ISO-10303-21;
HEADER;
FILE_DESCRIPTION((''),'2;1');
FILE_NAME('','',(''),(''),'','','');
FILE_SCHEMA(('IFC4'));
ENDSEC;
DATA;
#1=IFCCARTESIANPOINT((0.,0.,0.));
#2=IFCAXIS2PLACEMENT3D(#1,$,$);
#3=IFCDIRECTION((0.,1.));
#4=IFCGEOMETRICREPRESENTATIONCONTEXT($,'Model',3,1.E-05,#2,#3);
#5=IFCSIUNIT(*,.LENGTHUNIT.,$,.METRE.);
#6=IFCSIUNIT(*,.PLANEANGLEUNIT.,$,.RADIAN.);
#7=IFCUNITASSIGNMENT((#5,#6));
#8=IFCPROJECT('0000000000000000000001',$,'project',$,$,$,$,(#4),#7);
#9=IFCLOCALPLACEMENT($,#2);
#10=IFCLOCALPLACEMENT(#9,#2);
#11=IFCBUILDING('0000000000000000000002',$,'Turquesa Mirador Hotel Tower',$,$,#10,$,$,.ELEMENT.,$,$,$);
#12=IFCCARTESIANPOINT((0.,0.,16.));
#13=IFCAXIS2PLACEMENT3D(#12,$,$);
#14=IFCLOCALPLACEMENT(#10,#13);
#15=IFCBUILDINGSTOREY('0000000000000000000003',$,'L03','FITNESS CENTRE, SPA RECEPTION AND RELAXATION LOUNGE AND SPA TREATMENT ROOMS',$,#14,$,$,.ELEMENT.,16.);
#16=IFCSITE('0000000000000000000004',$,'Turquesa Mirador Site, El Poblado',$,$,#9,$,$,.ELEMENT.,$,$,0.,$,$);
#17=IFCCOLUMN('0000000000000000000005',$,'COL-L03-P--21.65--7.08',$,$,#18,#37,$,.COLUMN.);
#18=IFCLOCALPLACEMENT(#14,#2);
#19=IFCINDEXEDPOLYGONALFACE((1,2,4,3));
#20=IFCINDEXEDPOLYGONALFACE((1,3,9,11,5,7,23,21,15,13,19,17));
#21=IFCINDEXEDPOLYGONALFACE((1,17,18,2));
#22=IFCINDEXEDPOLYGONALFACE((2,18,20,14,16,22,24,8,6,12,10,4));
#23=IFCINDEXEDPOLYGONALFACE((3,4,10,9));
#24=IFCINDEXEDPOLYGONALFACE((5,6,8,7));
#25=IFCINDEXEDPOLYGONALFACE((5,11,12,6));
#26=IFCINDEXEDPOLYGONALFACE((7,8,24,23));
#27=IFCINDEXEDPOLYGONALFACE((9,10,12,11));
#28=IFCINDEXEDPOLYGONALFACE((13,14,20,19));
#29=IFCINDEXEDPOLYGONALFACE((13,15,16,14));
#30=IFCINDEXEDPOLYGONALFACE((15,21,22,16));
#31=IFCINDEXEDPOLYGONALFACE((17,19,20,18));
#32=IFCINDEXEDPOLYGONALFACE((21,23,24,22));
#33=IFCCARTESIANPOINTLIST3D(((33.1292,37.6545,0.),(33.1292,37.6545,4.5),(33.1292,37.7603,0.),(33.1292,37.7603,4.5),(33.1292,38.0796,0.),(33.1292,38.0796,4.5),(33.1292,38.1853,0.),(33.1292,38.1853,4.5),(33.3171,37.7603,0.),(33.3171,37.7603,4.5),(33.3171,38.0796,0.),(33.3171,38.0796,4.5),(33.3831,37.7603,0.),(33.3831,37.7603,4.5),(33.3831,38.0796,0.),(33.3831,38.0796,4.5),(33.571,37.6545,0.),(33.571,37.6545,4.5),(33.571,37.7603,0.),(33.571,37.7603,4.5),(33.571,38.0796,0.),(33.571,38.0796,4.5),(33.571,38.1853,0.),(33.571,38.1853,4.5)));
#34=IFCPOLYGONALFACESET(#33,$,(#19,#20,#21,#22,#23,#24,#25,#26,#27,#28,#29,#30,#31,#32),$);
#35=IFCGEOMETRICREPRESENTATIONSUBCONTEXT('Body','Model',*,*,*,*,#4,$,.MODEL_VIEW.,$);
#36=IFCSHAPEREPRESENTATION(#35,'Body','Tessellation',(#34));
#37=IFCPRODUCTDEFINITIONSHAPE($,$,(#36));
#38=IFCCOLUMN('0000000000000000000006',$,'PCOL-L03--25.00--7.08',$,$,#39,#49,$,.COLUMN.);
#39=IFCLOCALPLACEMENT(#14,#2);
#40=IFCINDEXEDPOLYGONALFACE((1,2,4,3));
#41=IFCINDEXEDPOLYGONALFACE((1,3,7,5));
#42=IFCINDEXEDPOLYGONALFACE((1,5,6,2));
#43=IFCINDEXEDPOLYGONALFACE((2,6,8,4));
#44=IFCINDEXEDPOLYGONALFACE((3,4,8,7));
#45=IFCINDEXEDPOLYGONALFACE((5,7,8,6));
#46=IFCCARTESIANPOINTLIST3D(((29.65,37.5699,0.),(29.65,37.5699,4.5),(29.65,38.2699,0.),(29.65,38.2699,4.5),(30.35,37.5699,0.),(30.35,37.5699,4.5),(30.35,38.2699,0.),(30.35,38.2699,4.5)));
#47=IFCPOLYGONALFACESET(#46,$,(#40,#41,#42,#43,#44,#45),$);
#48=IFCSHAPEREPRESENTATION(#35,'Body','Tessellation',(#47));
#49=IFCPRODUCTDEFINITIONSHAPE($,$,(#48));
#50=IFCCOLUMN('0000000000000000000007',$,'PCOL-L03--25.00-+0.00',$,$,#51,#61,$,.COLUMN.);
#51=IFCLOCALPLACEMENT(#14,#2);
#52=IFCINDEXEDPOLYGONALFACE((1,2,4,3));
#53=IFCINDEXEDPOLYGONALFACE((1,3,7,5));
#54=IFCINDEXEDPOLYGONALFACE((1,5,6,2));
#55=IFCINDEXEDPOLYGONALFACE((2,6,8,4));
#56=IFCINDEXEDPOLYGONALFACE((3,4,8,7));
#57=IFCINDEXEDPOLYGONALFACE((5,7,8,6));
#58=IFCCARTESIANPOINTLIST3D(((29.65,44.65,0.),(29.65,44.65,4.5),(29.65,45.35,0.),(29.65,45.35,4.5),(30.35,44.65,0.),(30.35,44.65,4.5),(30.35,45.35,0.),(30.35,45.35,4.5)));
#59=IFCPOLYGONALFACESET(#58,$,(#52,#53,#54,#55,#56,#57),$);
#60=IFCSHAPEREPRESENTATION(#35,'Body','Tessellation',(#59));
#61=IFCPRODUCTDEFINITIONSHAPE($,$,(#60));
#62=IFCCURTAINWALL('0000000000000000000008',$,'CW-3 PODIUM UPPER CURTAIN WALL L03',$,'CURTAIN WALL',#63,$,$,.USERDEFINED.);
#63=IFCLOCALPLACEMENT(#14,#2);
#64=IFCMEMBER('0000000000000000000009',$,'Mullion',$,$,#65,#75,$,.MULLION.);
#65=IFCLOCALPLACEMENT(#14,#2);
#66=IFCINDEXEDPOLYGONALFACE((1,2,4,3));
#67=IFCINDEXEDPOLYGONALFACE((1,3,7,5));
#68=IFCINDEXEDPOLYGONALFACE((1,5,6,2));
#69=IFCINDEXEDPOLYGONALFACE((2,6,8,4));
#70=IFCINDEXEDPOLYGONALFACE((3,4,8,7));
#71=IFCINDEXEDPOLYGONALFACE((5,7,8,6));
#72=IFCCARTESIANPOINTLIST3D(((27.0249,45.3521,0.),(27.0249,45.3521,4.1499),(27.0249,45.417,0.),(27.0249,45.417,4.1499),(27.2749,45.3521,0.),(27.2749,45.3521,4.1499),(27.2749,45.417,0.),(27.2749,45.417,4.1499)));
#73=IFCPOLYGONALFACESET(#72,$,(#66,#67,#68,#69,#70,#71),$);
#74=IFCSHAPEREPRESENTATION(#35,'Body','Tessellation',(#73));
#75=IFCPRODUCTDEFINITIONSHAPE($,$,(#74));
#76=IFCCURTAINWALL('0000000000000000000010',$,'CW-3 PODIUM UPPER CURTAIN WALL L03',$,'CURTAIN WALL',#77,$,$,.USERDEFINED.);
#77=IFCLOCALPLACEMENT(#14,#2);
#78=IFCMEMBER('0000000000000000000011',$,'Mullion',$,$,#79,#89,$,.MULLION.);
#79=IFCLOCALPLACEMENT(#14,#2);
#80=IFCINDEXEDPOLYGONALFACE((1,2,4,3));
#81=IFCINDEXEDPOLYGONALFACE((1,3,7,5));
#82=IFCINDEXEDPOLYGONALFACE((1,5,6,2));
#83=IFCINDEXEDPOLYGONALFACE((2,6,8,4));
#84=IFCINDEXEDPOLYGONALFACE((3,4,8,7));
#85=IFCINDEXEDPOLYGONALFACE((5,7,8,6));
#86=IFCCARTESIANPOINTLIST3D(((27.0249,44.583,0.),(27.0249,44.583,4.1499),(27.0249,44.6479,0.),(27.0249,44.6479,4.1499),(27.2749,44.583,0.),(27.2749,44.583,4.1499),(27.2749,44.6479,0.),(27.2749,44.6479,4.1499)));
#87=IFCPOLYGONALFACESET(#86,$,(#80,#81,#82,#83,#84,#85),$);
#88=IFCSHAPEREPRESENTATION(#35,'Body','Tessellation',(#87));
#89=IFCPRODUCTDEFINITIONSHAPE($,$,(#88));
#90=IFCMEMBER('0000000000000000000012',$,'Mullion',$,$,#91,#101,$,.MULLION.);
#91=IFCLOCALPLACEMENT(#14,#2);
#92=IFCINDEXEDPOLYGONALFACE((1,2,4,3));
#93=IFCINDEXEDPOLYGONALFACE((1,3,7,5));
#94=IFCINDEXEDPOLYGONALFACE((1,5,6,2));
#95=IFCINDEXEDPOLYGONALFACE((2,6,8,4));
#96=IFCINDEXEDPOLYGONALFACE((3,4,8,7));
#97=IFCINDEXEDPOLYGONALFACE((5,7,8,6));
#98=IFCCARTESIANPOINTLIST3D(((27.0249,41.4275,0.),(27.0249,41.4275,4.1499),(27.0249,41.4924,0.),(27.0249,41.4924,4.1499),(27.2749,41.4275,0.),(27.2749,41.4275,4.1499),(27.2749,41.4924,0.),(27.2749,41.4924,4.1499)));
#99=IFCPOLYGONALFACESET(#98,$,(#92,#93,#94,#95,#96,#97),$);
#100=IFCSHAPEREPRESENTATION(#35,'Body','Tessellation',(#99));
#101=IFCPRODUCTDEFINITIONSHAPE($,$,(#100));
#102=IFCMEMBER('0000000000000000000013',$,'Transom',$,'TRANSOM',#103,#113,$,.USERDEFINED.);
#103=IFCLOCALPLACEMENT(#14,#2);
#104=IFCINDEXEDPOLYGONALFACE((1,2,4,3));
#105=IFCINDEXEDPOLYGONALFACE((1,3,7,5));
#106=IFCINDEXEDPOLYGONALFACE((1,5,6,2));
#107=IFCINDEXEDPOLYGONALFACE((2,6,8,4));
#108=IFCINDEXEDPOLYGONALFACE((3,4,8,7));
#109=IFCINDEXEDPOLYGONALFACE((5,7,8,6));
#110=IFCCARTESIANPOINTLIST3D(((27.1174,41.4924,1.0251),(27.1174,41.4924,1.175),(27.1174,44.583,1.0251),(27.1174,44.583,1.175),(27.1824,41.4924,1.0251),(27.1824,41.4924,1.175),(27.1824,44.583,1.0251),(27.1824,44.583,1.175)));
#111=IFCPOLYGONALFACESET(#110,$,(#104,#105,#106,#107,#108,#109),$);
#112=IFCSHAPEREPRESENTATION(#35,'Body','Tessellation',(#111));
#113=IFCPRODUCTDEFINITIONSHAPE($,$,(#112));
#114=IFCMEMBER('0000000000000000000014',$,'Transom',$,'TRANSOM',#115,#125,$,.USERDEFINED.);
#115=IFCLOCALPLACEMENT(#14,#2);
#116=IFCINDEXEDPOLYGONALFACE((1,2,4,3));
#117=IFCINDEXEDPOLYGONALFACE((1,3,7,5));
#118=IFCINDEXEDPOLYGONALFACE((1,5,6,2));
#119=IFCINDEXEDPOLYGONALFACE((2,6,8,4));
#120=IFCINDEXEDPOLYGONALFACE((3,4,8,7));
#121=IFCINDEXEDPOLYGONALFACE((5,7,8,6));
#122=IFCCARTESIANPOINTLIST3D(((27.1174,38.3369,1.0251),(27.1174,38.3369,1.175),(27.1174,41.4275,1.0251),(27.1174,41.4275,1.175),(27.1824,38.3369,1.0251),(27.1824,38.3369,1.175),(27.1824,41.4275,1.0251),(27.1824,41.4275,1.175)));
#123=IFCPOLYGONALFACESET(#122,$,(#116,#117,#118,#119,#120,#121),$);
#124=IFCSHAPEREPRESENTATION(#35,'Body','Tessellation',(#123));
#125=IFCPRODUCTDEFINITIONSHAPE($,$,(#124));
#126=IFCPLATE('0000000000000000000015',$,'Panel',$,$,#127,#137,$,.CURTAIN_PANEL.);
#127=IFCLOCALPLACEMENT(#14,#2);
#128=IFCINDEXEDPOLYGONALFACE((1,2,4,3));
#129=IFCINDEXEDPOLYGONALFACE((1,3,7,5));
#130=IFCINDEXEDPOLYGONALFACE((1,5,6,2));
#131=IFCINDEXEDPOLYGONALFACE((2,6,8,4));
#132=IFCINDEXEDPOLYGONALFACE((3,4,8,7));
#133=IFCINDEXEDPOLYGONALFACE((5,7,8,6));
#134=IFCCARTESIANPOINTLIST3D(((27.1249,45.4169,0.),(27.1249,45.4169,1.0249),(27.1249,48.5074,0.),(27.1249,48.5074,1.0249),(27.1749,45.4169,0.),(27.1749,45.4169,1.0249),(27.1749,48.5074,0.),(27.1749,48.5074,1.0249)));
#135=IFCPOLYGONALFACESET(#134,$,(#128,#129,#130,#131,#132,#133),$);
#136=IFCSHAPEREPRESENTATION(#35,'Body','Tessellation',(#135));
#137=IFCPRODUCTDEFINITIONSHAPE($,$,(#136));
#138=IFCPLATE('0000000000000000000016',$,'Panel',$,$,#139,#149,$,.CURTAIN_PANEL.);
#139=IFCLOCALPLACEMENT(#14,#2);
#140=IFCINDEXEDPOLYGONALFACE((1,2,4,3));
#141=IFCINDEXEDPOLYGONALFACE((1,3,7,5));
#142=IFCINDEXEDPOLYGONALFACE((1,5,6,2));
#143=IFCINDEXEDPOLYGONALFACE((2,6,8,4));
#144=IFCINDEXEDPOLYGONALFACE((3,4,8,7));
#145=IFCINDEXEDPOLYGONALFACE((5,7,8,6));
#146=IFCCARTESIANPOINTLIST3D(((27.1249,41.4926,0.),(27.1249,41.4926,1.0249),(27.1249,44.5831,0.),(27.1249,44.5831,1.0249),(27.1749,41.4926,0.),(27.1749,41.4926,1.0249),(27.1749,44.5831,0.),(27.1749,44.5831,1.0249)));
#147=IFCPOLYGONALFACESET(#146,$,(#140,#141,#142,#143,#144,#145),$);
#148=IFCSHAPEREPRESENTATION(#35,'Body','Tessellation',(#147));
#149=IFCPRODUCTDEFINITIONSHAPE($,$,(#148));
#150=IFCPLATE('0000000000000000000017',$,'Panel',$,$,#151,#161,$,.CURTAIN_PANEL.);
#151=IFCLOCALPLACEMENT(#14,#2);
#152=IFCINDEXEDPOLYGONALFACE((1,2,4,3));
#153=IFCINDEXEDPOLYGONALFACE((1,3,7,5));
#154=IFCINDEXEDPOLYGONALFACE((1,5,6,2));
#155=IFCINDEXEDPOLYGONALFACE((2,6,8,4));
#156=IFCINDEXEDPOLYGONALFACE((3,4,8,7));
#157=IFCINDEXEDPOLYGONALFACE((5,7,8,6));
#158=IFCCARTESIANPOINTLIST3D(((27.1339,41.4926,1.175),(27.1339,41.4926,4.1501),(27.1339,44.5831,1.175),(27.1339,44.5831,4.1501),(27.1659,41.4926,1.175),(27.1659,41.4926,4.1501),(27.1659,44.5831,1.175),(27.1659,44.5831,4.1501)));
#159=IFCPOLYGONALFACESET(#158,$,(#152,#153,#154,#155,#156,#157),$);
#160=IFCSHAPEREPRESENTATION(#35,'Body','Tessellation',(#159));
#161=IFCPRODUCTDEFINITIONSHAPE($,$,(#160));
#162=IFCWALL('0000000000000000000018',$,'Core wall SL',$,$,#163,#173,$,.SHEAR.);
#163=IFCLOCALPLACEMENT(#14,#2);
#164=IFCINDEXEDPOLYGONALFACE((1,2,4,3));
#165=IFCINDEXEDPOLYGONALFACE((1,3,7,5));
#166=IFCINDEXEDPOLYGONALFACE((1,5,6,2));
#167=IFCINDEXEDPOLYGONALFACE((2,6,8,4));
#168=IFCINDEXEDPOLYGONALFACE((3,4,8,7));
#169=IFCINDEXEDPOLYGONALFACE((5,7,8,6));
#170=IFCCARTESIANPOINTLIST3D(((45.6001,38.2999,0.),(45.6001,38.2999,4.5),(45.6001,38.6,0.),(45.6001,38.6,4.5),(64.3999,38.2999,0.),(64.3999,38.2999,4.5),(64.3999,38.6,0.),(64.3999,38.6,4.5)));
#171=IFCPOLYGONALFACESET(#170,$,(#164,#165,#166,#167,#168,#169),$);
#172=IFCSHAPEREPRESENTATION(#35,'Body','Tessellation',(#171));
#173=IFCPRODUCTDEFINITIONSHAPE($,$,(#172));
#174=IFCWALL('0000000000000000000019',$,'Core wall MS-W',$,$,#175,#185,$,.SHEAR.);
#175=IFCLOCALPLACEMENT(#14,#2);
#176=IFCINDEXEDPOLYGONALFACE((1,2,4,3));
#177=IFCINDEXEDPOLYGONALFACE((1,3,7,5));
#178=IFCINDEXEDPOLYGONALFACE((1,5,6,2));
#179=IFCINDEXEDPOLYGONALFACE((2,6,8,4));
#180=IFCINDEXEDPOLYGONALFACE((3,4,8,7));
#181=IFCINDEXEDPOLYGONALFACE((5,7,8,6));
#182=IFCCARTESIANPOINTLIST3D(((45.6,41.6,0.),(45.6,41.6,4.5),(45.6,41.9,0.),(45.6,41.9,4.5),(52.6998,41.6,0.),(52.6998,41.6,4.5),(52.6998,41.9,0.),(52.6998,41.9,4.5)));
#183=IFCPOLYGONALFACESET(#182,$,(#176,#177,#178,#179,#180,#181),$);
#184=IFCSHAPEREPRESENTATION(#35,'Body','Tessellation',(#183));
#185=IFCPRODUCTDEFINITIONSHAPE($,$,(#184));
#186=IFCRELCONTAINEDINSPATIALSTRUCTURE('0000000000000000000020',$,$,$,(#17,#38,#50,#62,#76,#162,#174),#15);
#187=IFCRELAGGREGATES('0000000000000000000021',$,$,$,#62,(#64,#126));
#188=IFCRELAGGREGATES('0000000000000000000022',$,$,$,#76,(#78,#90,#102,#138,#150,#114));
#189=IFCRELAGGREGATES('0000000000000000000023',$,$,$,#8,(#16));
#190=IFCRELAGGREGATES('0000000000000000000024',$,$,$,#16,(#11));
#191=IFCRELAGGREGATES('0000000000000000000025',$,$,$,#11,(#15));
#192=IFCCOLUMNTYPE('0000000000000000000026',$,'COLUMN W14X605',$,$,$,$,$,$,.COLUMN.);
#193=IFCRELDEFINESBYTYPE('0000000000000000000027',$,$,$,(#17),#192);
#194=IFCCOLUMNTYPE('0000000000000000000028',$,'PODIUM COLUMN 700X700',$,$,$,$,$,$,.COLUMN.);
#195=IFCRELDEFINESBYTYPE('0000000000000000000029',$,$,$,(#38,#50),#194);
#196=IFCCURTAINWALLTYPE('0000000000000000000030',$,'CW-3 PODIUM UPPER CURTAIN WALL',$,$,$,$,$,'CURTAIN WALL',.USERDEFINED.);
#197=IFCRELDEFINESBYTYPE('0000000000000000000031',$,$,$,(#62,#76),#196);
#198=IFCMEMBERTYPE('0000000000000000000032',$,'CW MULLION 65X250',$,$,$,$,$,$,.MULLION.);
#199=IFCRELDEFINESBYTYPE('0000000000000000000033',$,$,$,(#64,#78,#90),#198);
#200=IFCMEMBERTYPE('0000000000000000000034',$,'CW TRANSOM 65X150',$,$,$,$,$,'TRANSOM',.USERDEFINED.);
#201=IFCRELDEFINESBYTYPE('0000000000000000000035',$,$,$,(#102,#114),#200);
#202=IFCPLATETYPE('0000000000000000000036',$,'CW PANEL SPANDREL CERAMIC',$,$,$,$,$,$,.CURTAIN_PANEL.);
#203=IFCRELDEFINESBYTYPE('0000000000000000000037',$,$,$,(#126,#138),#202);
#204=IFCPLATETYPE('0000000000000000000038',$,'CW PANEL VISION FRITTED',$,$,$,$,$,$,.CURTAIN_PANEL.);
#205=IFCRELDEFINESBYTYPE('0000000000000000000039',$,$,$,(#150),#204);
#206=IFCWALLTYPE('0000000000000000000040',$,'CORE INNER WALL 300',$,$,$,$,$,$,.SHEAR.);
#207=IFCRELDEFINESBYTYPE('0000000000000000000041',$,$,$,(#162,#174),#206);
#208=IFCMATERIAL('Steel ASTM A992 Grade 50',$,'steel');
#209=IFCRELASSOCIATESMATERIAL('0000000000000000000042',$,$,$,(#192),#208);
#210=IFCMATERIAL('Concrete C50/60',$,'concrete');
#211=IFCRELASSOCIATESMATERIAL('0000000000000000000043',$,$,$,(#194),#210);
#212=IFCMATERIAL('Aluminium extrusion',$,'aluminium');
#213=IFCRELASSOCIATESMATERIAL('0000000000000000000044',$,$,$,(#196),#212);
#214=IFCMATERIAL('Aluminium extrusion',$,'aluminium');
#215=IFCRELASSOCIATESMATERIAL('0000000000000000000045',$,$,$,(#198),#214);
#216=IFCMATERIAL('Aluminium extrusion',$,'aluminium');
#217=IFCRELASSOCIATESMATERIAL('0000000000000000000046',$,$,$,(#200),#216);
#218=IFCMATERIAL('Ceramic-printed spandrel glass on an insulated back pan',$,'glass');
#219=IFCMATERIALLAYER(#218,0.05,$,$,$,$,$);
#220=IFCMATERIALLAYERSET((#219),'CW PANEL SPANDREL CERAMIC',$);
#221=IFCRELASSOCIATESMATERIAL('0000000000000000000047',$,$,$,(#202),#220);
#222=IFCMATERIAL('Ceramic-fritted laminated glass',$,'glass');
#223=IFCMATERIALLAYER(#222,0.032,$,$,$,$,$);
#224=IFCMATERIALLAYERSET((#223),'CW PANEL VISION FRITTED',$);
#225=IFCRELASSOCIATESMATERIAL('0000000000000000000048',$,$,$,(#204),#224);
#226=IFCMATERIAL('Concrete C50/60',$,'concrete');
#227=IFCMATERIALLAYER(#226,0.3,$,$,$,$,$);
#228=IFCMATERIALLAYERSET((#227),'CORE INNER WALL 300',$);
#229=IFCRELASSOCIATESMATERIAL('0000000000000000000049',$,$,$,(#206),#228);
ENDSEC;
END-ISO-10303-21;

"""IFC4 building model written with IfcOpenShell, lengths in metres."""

from ifc_helpers import new_model, si_unit, direction, frame, frame_2d, origin, origin_2d, place, context, subcontext, project, spatial, rectangle, i_section, extrude, material, layer, layer_set, material_profile, profile_set, type_object, element, aggregate, save


model = new_model("IFC4")

# Units and contexts
model_context = context("Model", 3, precision=1e-05, world=origin(), true_north=direction((0.0, 1.0)))
body_context = subcontext(model_context, "Body", "Model", "MODEL_VIEW")
ifc_project = project(units=[si_unit("LENGTHUNIT", "METRE"), si_unit("PLANEANGLEUNIT", "RADIAN")], contexts=[model_context])

# Site, building, storey
site_placement = place(None, origin())
site = spatial("IfcSite", under=ifc_project, at=site_placement, Name="Turquesa Mirador Site, El Poblado", CompositionType="ELEMENT", RefElevation=0.0)
building_placement = place(site_placement, origin())
building = spatial("IfcBuilding", under=site, at=building_placement, Name="Turquesa Mirador Hotel Tower", CompositionType="ELEMENT")
storey_placement = place(building_placement, frame((0.0, 0.0, 16.0)))
storey = spatial("IfcBuildingStorey", under=building, at=storey_placement, Name="L03", Description="FITNESS CENTRE, SPA RECEPTION AND RELAXATION LOUNGE AND SPA TREATMENT ROOMS", CompositionType="ELEMENT", Elevation=16.0)

# Columns
ifc_material_1 = material(Name="Steel ASTM A992 Grade 50", Category="steel")
ifc_material_profile_1 = material_profile(ifc_material_1, i_section(OverallWidth=0.4419, OverallDepth=0.5308, WebThickness=0.0659, FlangeThickness=0.1057, at=origin_2d()), Name="W14X605")
ifc_profile_set_1 = profile_set([ifc_material_profile_1], Name="Steel ASTM A992 Grade 50")
column_type_1 = type_object("IfcColumnType", Name="COLUMN W14X605", PredefinedType="COLUMN", material=ifc_profile_set_1)
column_placement = place(storey_placement, frame((33.3501, 37.9199, 0.0), z_axis=(0.0, 0.0, 1.0), x_axis=(1.0, 0.0, 0.0)))
element("IfcColumn", 1, at=column_placement, inside=storey, type_object=column_type_1, Name="COL-L03-P--21.65--7.08", PredefinedType="COLUMN", context=body_context, shape_type="SweptSolid", body=[
    extrude(i_section(OverallWidth=0.4419, OverallDepth=0.5308, WebThickness=0.0659, FlangeThickness=0.1057, at=origin_2d()), origin(), (0.0, 0.0, 1.0), 4.5),
])
ifc_material_2 = material(Name="Concrete C50/60", Category="concrete")
ifc_material_profile_2 = material_profile(ifc_material_2, rectangle(XDim=0.7, YDim=0.7, at=origin_2d()), Name="RC 700X700")
ifc_profile_set_2 = profile_set([ifc_material_profile_2], Name="Concrete C50/60")
column_type_2 = type_object("IfcColumnType", Name="PODIUM COLUMN 700X700", PredefinedType="COLUMN", material=ifc_profile_set_2)
for number, where, z_axis, x_axis, name in (
    (2, (30.0, 37.9199, 0.0), (0.0, 0.0, 1.0), (1.0, 0.0, 0.0), "PCOL-L03--25.00--7.08"),
    (3, (30.0, 45.0, 0.0), (0.0, 0.0, 1.0), (1.0, 0.0, 0.0), "PCOL-L03--25.00-+0.00"),
):
    element("IfcColumn", number, at=place(storey_placement, frame(where, z_axis=z_axis, x_axis=x_axis)), inside=storey, type_object=column_type_2, Name=name, PredefinedType="COLUMN", context=body_context, shape_type="SweptSolid", body=[
        extrude(rectangle(XDim=0.7, YDim=0.7, at=origin_2d()), origin(), (0.0, 0.0, 1.0), 4.5),
    ])

# Curtain wall, member
ifc_material_3 = material(Name="Aluminium extrusion", Category="aluminium")
curtain_wall_type = type_object("IfcCurtainWallType", Name="CW-3 PODIUM UPPER CURTAIN WALL", ElementType="CURTAIN WALL", PredefinedType="USERDEFINED", material=ifc_material_3)
curtain_wall_1_placement = place(storey_placement, origin())
curtain_wall_1 = element("IfcCurtainWall", 4, at=curtain_wall_1_placement, inside=storey, type_object=curtain_wall_type, Name="CW-3 PODIUM UPPER CURTAIN WALL L03", ObjectType="CURTAIN WALL", PredefinedType="USERDEFINED")
ifc_material_4 = material(Name="Aluminium extrusion", Category="aluminium")
ifc_material_profile_3 = material_profile(ifc_material_4, rectangle(XDim=0.0649, YDim=0.25, at=origin_2d()), Name="MULLION 65X250")
ifc_profile_set_3 = profile_set([ifc_material_profile_3], Name="Aluminium extrusion")
member_type_1 = type_object("IfcMemberType", Name="CW MULLION 65X250", PredefinedType="MULLION", material=ifc_profile_set_3)
member_1_placement = place(storey_placement, frame((27.1499, 45.3845, 0.0), z_axis=(0.0, 0.0, 1.0), x_axis=(0.0, -1.0, 0.0)))
member_1 = element("IfcMember", 5, at=member_1_placement, type_object=member_type_1, Name="Mullion", PredefinedType="MULLION", context=body_context, shape_type="SweptSolid", body=[
    extrude(rectangle(XDim=0.0649, YDim=0.25, at=origin_2d()), origin(), (0.0, 0.0, 1.0), 4.1499),
])

# Curtain wall, members
curtain_wall_2_placement = place(storey_placement, origin())
curtain_wall_2 = element("IfcCurtainWall", 6, at=curtain_wall_2_placement, inside=storey, type_object=curtain_wall_type, Name="CW-3 PODIUM UPPER CURTAIN WALL L03", ObjectType="CURTAIN WALL", PredefinedType="USERDEFINED")
member_2_placement = place(storey_placement, frame((27.1499, 44.6155, 0.0), z_axis=(0.0, 0.0, 1.0), x_axis=(0.0, -1.0, 0.0)))
member_2 = element("IfcMember", 7, at=member_2_placement, type_object=member_type_1, Name="Mullion", PredefinedType="MULLION", context=body_context, shape_type="SweptSolid", body=[
    extrude(rectangle(XDim=0.0649, YDim=0.25, at=origin_2d()), origin(), (0.0, 0.0, 1.0), 4.1499),
])
member_3_placement = place(storey_placement, frame((27.1499, 41.46, 0.0), z_axis=(0.0, 0.0, 1.0), x_axis=(0.0, -1.0, 0.0)))
member_3 = element("IfcMember", 8, at=member_3_placement, type_object=member_type_1, Name="Mullion", PredefinedType="MULLION", context=body_context, shape_type="SweptSolid", body=[
    extrude(rectangle(XDim=0.0649, YDim=0.25, at=origin_2d()), origin(), (0.0, 0.0, 1.0), 4.1499),
])
ifc_material_5 = material(Name="Aluminium extrusion", Category="aluminium")
ifc_material_profile_4 = material_profile(ifc_material_5, rectangle(XDim=0.0649, YDim=0.1499, at=origin_2d()), Name="TRANSOM 65X150")
ifc_profile_set_4 = profile_set([ifc_material_profile_4], Name="Aluminium extrusion")
member_type_2 = type_object("IfcMemberType", Name="CW TRANSOM 65X150", ElementType="TRANSOM", PredefinedType="USERDEFINED", material=ifc_profile_set_4)
member_4_placement = place(storey_placement, frame((27.1499, 44.583, 1.1001), z_axis=(0.0, -1.0, 0.0), x_axis=(1.0, 0.0, 0.0)))
member_4 = element("IfcMember", 9, at=member_4_placement, type_object=member_type_2, Name="Transom", ObjectType="TRANSOM", PredefinedType="USERDEFINED", context=body_context, shape_type="SweptSolid", body=[
    extrude(rectangle(XDim=0.0649, YDim=0.1499, at=origin_2d()), origin(), (0.0, 0.0, 1.0), 3.0906),
])
member_5_placement = place(storey_placement, frame((27.1499, 41.4275, 1.1001), z_axis=(0.0, -1.0, 0.0), x_axis=(1.0, 0.0, 0.0)))
member_5 = element("IfcMember", 10, at=member_5_placement, type_object=member_type_2, Name="Transom", ObjectType="TRANSOM", PredefinedType="USERDEFINED", context=body_context, shape_type="SweptSolid", body=[
    extrude(rectangle(XDim=0.0649, YDim=0.1499, at=origin_2d()), origin(), (0.0, 0.0, 1.0), 3.0906),
])

# Plates
ifc_material_6 = material(Name="Ceramic-printed spandrel glass on an insulated back pan", Category="glass")
ifc_layer_1 = layer(ifc_material_6, 0.05)
ifc_layer_set_1 = layer_set([ifc_layer_1], Name="CW PANEL SPANDREL CERAMIC")
plate_type_1 = type_object("IfcPlateType", Name="CW PANEL SPANDREL CERAMIC", PredefinedType="CURTAIN_PANEL", material=ifc_layer_set_1)
plate_1_placement = place(storey_placement, frame((27.1499, 46.9622, 0.0), z_axis=(0.0, 0.0, 1.0), x_axis=(0.0, -1.0, 0.0)))
plate_1 = element("IfcPlate", 11, at=plate_1_placement, type_object=plate_type_1, Name="Panel", PredefinedType="CURTAIN_PANEL", context=body_context, shape_type="SweptSolid", body=[
    extrude(rectangle(XDim=3.0906, YDim=0.05, at=origin_2d()), origin(), (0.0, 0.0, 1.0), 1.0249),
])
aggregate(curtain_wall_1, [member_1, plate_1])
plate_2_placement = place(storey_placement, frame((27.1499, 43.0378, 0.0), z_axis=(0.0, 0.0, 1.0), x_axis=(0.0, -1.0, 0.0)))
plate_2 = element("IfcPlate", 12, at=plate_2_placement, type_object=plate_type_1, Name="Panel", PredefinedType="CURTAIN_PANEL", context=body_context, shape_type="SweptSolid", body=[
    extrude(rectangle(XDim=3.0906, YDim=0.05, at=origin_2d()), origin(), (0.0, 0.0, 1.0), 1.0249),
])
ifc_material_7 = material(Name="Ceramic-fritted laminated glass", Category="glass")
ifc_layer_2 = layer(ifc_material_7, 0.032)
ifc_layer_set_2 = layer_set([ifc_layer_2], Name="CW PANEL VISION FRITTED")
plate_type_2 = type_object("IfcPlateType", Name="CW PANEL VISION FRITTED", PredefinedType="CURTAIN_PANEL", material=ifc_layer_set_2)
plate_3_placement = place(storey_placement, frame((27.1499, 43.0378, 1.175), z_axis=(0.0, 0.0, 1.0), x_axis=(0.0, -1.0, 0.0)))
plate_3 = element("IfcPlate", 13, at=plate_3_placement, type_object=plate_type_2, Name="Panel", PredefinedType="CURTAIN_PANEL", context=body_context, shape_type="SweptSolid", body=[
    extrude(rectangle(XDim=3.0906, YDim=0.032, at=origin_2d()), origin(), (0.0, 0.0, 1.0), 2.9751),
])
aggregate(curtain_wall_2, [member_2, member_3, member_4, plate_2, plate_3, member_5])

# Walls
ifc_material_8 = material(Name="Concrete C50/60", Category="concrete")
ifc_layer_3 = layer(ifc_material_8, 0.3)
ifc_layer_set_3 = layer_set([ifc_layer_3], Name="CORE INNER WALL 300")
wall_type_1 = type_object("IfcWallType", Name="CORE INNER WALL 300", PredefinedType="SHEAR", material=ifc_layer_set_3)
wall_1_placement = place(storey_placement, frame((45.6001, 38.45, 0.0), z_axis=(0.0, 0.0, 1.0), x_axis=(1.0, 0.0, 0.0)))
element("IfcWall", 14, at=wall_1_placement, inside=storey, type_object=wall_type_1, Name="Core wall SL", PredefinedType="SHEAR", context=body_context, shape_type="SweptSolid", body=[
    extrude(rectangle(XDim=18.7998, YDim=0.3, at=frame_2d((9.3999, 0.0))), origin(), (0.0, 0.0, 1.0), 4.5),
])
wall_2_placement = place(storey_placement, frame((45.6001, 41.75, 0.0), z_axis=(0.0, 0.0, 1.0), x_axis=(1.0, 0.0, 0.0)))
element("IfcWall", 15, at=wall_2_placement, inside=storey, type_object=wall_type_1, Name="Core wall MS-W", PredefinedType="SHEAR", context=body_context, shape_type="SweptSolid", body=[
    extrude(rectangle(XDim=7.0999, YDim=0.3, at=frame_2d((3.5498, 0.0))), origin(), (0.0, 0.0, 1.0), 4.5),
])

save(model, "model.ifc")
